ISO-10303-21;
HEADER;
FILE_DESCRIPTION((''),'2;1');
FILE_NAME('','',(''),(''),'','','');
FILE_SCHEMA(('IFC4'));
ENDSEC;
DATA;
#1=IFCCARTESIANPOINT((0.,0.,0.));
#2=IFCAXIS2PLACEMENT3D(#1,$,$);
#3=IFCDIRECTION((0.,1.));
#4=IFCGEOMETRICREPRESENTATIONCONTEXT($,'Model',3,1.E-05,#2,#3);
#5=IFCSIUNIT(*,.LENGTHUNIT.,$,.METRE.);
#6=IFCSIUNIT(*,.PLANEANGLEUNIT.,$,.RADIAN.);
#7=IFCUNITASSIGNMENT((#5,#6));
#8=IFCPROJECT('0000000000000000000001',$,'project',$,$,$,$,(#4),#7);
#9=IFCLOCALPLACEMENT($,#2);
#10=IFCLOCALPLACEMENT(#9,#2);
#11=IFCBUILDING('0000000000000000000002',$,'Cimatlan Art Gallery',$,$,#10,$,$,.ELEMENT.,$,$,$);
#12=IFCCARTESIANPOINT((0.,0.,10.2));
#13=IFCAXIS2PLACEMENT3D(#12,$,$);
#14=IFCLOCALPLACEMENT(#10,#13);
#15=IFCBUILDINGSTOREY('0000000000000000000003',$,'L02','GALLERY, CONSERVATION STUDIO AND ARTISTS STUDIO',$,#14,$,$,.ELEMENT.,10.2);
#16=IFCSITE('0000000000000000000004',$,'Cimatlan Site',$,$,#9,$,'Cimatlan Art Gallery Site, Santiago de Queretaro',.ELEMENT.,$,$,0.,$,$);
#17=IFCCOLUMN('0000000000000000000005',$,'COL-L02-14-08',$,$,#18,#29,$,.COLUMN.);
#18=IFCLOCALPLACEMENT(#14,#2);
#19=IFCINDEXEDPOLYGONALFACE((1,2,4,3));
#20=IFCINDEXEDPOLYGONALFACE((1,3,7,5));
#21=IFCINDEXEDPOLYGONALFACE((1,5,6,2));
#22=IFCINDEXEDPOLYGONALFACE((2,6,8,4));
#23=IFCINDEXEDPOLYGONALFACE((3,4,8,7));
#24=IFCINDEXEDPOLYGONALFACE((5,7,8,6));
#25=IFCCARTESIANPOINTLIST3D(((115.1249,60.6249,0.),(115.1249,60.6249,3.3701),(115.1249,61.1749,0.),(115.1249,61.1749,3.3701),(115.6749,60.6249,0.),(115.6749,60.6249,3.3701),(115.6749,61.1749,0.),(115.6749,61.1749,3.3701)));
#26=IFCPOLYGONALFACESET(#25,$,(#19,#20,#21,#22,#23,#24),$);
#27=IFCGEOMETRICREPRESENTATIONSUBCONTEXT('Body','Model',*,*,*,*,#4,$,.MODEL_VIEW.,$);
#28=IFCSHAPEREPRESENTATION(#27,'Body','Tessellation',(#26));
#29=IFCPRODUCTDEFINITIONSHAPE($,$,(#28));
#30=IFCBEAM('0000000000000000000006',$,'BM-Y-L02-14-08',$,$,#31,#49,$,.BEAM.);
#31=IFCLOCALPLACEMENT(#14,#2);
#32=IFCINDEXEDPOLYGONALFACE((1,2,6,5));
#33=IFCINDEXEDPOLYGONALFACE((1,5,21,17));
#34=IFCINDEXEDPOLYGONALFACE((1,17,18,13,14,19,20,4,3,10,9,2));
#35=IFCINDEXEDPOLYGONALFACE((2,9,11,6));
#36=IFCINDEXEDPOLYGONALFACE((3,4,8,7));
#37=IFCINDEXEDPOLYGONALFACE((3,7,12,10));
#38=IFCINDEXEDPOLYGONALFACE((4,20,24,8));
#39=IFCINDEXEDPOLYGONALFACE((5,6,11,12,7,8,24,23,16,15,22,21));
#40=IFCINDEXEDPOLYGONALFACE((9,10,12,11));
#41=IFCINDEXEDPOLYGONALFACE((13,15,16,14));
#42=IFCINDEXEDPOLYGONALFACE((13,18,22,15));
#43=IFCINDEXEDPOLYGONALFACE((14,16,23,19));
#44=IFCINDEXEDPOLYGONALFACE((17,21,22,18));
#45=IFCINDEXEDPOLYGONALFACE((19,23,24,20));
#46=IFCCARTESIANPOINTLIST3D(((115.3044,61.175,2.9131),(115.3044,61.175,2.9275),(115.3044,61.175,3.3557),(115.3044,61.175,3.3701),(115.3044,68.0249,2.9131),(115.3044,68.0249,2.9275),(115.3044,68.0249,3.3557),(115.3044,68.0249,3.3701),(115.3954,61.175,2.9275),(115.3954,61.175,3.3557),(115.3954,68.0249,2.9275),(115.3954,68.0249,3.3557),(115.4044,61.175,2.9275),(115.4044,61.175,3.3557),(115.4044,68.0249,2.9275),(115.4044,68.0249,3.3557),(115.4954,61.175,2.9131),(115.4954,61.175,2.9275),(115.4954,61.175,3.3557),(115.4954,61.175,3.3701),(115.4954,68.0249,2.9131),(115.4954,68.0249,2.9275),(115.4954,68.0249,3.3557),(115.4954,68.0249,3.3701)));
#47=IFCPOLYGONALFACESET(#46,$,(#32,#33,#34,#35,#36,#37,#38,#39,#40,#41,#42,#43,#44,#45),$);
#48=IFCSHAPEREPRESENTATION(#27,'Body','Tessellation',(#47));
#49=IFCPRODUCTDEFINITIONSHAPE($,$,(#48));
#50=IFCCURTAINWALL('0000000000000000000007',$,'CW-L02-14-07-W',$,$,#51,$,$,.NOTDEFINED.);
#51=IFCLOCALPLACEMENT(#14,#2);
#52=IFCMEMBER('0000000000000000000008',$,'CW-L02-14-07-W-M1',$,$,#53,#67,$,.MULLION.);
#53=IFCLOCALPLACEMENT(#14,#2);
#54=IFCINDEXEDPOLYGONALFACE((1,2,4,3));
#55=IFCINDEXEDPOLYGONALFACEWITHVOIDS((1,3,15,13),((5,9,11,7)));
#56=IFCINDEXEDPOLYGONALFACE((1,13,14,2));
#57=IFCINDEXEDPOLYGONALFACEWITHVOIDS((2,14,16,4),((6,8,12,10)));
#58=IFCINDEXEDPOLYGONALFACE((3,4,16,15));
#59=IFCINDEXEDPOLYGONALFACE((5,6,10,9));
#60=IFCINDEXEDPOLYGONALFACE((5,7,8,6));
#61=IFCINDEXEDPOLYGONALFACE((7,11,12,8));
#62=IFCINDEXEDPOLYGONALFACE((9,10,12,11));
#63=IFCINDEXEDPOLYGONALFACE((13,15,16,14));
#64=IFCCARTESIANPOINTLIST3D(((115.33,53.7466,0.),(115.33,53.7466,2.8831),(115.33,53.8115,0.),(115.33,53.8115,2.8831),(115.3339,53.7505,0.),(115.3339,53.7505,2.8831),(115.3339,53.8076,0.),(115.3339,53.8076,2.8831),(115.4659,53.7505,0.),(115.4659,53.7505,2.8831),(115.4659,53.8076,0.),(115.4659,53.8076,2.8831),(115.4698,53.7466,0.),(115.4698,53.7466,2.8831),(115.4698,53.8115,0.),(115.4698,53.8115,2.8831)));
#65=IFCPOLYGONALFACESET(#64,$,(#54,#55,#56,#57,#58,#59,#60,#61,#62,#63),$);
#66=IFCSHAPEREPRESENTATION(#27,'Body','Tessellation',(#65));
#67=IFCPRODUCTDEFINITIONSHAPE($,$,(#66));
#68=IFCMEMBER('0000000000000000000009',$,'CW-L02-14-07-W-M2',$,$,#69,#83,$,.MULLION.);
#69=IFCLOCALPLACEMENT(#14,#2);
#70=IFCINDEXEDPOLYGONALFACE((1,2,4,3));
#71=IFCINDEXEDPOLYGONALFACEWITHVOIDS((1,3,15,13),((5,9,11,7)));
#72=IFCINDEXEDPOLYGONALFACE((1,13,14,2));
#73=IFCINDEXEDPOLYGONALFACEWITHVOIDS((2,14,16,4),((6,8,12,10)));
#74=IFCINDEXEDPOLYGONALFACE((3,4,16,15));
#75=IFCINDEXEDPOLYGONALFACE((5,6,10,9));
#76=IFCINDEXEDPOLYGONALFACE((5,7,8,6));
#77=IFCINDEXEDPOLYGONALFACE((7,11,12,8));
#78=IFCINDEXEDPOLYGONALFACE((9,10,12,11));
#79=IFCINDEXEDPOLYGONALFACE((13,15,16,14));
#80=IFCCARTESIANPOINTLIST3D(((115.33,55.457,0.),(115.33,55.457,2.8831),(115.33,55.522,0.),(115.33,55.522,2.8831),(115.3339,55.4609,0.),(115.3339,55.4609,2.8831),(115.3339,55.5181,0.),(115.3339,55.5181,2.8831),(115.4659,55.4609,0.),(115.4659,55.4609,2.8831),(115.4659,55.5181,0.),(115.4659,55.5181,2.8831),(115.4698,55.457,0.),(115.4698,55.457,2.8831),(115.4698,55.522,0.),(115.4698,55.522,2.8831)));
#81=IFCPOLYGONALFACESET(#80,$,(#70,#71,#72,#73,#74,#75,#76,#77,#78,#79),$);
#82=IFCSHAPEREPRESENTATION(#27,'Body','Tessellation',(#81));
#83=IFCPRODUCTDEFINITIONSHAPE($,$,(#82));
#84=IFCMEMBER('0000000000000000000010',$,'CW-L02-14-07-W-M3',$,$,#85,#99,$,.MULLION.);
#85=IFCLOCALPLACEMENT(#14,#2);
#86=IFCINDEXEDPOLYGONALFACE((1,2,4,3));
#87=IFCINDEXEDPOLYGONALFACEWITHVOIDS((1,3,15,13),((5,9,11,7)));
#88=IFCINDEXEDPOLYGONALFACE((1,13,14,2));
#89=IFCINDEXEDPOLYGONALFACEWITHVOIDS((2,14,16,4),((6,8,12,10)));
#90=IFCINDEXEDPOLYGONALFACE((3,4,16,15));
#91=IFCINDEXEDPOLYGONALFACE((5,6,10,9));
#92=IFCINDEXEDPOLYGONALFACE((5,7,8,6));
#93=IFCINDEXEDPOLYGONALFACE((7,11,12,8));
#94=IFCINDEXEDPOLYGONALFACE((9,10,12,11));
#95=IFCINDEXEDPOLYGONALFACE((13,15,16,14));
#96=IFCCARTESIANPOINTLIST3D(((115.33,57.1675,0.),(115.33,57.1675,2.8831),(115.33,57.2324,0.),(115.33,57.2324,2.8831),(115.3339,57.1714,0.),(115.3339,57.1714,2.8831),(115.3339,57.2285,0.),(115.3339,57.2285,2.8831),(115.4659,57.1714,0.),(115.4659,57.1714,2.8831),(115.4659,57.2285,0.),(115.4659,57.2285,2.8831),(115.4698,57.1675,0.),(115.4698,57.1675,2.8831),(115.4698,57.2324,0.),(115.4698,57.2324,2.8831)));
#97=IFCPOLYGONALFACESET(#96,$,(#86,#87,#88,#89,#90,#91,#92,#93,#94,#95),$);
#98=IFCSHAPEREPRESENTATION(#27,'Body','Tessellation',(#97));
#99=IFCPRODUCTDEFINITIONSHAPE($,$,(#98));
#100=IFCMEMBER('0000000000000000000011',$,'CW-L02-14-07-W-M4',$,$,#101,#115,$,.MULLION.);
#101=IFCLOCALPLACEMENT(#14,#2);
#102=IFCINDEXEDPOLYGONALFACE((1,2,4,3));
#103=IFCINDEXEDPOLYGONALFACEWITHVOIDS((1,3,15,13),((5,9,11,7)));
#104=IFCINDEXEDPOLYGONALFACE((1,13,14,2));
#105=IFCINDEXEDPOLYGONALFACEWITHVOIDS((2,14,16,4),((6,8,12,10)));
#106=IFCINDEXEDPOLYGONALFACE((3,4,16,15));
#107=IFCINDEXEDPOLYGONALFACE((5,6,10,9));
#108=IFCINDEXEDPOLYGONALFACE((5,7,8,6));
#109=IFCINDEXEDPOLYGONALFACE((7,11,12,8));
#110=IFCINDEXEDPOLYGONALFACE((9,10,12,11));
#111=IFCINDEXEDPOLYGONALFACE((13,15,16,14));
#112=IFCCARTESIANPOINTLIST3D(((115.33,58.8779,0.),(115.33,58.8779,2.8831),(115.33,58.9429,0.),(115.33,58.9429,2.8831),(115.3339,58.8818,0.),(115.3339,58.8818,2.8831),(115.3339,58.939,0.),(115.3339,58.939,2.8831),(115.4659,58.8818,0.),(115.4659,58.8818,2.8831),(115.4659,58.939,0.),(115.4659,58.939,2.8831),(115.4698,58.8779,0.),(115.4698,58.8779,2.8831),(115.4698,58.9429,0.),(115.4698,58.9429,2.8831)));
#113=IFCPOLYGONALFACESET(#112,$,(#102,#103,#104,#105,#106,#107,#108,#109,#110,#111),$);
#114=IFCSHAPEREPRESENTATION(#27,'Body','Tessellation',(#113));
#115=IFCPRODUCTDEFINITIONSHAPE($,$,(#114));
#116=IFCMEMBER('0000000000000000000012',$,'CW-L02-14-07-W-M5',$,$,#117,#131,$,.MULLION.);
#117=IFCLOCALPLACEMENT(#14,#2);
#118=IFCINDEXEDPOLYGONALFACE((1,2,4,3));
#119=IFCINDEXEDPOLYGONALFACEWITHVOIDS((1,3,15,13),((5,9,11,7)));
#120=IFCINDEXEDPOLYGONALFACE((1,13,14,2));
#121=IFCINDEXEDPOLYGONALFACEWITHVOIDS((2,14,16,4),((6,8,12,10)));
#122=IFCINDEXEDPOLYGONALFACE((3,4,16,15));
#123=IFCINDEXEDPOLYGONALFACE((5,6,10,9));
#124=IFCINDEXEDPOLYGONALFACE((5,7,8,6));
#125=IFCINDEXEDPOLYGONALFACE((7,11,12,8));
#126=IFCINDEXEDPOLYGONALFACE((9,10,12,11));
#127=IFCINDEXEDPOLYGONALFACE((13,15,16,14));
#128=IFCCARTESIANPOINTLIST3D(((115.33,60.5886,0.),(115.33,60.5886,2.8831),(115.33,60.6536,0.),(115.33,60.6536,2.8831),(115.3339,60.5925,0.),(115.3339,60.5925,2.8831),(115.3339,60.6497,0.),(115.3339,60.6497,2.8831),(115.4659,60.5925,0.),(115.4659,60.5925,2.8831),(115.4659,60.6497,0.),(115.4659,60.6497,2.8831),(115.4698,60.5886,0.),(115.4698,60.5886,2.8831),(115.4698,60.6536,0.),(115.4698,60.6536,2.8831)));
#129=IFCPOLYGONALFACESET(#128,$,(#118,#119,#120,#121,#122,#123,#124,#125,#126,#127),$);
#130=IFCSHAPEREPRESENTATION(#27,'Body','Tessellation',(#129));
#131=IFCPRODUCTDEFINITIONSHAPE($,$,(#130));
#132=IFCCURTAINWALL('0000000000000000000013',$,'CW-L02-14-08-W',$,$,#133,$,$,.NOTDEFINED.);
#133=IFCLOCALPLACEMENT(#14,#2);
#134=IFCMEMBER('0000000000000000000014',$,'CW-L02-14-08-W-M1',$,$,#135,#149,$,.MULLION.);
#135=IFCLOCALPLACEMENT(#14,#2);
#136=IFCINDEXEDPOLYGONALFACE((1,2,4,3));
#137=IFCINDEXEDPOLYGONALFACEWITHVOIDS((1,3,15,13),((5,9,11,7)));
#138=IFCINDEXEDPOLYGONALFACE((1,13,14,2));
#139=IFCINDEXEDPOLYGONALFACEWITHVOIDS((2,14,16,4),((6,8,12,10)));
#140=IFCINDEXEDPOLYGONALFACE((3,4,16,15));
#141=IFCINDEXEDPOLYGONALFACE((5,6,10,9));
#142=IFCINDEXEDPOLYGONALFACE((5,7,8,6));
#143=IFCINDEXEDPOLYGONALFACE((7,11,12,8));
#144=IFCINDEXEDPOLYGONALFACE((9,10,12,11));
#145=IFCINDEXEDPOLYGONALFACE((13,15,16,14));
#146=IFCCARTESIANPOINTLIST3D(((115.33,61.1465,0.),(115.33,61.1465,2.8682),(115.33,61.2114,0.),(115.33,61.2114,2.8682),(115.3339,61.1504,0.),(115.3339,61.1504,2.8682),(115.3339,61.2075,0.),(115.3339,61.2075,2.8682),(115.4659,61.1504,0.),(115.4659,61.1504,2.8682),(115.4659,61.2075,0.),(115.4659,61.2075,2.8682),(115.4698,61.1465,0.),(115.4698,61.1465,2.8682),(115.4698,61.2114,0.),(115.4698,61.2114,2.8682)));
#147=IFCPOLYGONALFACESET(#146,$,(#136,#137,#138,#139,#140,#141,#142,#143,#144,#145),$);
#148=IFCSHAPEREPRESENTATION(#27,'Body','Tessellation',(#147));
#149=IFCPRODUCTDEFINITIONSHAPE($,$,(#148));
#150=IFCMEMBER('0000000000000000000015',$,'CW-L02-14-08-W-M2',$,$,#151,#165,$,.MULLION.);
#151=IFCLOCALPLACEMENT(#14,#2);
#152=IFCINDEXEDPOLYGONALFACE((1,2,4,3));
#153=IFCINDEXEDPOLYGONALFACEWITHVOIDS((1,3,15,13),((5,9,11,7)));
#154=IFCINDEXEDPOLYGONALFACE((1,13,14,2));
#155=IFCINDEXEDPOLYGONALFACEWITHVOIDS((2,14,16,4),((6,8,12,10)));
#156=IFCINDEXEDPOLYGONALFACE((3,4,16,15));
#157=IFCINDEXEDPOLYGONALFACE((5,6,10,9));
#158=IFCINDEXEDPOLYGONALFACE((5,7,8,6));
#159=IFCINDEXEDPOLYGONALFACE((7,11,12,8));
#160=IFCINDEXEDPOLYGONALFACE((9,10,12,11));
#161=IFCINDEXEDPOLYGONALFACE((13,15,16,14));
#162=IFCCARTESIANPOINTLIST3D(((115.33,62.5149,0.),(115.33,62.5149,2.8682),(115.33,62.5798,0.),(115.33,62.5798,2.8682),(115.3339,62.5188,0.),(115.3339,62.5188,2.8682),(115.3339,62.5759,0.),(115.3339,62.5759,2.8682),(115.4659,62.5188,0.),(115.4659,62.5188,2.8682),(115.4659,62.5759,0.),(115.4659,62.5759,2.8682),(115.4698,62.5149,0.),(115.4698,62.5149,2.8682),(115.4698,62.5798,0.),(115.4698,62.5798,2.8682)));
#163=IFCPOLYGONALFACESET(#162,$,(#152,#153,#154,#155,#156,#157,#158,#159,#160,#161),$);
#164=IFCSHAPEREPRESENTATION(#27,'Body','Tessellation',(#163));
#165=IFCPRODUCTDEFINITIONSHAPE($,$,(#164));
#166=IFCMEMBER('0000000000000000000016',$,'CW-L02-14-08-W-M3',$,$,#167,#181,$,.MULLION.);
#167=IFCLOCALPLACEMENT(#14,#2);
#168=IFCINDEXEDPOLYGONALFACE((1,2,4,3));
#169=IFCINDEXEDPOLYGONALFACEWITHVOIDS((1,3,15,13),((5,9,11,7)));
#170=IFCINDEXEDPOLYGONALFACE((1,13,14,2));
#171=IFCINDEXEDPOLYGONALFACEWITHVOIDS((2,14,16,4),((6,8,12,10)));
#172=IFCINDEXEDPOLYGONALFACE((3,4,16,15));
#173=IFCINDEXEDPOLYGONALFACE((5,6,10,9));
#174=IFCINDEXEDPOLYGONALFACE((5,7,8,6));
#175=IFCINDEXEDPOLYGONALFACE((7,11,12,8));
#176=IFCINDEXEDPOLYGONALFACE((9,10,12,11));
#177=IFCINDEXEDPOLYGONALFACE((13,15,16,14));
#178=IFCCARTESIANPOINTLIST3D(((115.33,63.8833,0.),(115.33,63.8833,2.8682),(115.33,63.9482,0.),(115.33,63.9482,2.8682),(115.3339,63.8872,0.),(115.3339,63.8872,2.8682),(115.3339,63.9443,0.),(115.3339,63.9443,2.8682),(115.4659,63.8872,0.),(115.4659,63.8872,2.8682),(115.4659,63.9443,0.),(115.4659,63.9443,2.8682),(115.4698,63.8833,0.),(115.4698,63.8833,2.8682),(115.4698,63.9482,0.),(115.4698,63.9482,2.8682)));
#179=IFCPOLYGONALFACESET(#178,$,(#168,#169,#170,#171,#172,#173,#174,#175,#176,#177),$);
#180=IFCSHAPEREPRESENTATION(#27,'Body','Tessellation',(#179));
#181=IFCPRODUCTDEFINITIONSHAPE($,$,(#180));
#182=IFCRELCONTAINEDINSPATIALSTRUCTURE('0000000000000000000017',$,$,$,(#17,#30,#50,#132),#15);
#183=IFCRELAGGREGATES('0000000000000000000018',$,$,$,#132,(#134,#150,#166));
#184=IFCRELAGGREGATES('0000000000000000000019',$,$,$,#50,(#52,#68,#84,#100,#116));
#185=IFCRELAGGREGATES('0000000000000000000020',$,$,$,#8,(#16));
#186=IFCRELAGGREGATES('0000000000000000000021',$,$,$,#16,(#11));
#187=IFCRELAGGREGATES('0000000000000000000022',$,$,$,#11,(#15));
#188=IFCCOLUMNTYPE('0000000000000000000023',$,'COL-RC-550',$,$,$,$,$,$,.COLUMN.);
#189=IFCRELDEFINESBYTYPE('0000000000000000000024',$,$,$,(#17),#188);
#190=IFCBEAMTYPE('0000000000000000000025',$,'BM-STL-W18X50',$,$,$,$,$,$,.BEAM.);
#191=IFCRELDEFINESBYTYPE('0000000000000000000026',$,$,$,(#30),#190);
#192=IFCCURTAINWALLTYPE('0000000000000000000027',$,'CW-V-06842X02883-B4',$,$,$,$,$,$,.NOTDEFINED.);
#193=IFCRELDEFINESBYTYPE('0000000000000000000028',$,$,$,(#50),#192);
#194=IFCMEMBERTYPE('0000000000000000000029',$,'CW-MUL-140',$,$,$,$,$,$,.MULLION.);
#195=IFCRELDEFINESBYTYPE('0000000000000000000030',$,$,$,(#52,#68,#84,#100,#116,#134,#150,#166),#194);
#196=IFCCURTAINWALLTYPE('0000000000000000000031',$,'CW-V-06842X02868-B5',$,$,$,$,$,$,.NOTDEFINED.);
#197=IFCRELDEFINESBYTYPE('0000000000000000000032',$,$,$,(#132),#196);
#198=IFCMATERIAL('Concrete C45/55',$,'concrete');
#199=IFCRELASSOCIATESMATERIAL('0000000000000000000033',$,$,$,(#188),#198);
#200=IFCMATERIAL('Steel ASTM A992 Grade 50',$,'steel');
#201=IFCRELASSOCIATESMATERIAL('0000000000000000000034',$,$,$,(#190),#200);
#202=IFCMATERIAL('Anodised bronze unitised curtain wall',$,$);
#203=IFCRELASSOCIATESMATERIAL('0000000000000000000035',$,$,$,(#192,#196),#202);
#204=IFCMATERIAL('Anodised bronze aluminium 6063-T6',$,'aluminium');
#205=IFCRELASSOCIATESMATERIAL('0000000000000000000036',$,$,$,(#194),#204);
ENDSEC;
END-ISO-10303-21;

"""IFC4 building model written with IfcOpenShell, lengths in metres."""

from ifc_helpers import new_model, si_unit, direction, frame, origin, origin_2d, place, context, subcontext, project, spatial, rectangle, hollow_rectangle, i_section, extrude, material, material_profile, profile_set, type_object, element, aggregate, save


model = new_model("IFC4")

# Units and contexts
model_context = context("Model", 3, precision=1e-05, world=origin(), true_north=direction((0.0, 1.0)))
body_context = subcontext(model_context, "Body", "Model", "MODEL_VIEW")
ifc_project = project(units=[si_unit("LENGTHUNIT", "METRE"), si_unit("PLANEANGLEUNIT", "RADIAN")], contexts=[model_context])

# Site, building, storey
site_placement = place(None, origin())
site = spatial("IfcSite", under=ifc_project, at=site_placement, Name="Cimatlan Site", LongName="Cimatlan Art Gallery Site, Santiago de Queretaro", CompositionType="ELEMENT", RefElevation=0.0)
building_placement = place(site_placement, origin())
building = spatial("IfcBuilding", under=site, at=building_placement, Name="Cimatlan Art Gallery", CompositionType="ELEMENT")
storey_placement = place(building_placement, frame((0.0, 0.0, 10.2)))
storey = spatial("IfcBuildingStorey", under=building, at=storey_placement, Name="L02", Description="GALLERY, CONSERVATION STUDIO AND ARTISTS STUDIO", CompositionType="ELEMENT", Elevation=10.2)

# Column
ifc_material_1 = material(Name="Concrete C45/55", Category="concrete")
ifc_material_profile_1 = material_profile(ifc_material_1, rectangle(XDim=0.55, YDim=0.55, at=origin_2d()), Name="RC550X550")
ifc_profile_set_1 = profile_set([ifc_material_profile_1], Name="Concrete C45/55")
column_type = type_object("IfcColumnType", Name="COL-RC-550", PredefinedType="COLUMN", material=ifc_profile_set_1)
column_placement = place(storey_placement, frame((115.3999, 60.8999, 0.0), z_axis=(0.0, 0.0, 1.0), x_axis=(1.0, 0.0, 0.0)))
element("IfcColumn", 1, at=column_placement, inside=storey, type_object=column_type, Name="COL-L02-14-08", PredefinedType="COLUMN", context=body_context, shape_type="SweptSolid", body=[
    extrude(rectangle(XDim=0.55, YDim=0.55, at=origin_2d()), origin(), (0.0, 0.0, 1.0), 3.3701),
])

# Beam
ifc_material_2 = material(Name="Steel ASTM A992 Grade 50", Category="steel")
ifc_material_profile_2 = material_profile(ifc_material_2, i_section(OverallWidth=0.1909, OverallDepth=0.457, WebThickness=0.009, FlangeThickness=0.0144, at=origin_2d()), Name="W18X50")
ifc_profile_set_2 = profile_set([ifc_material_profile_2], Name="Steel ASTM A992 Grade 50")
beam_type = type_object("IfcBeamType", Name="BM-STL-W18X50", PredefinedType="BEAM", material=ifc_profile_set_2)
beam_placement = place(storey_placement, frame((115.3999, 61.175, 3.1416), z_axis=(0.0, 1.0, 0.0), x_axis=(-1.0, 0.0, 0.0)))
element("IfcBeam", 2, at=beam_placement, inside=storey, type_object=beam_type, Name="BM-Y-L02-14-08", PredefinedType="BEAM", context=body_context, shape_type="SweptSolid", body=[
    extrude(i_section(OverallWidth=0.1909, OverallDepth=0.457, WebThickness=0.009, FlangeThickness=0.0144, at=origin_2d()), origin(), (0.0, 0.0, 1.0), 6.8499),
])

# Curtain walls, members
ifc_material_3 = material(Name="Anodised bronze unitised curtain wall")
curtain_wall_type_1 = type_object("IfcCurtainWallType", Name="CW-V-06842X02883-B4", PredefinedType="NOTDEFINED", material=ifc_material_3)
curtain_wall_1_placement = place(storey_placement, origin())
curtain_wall_1 = element("IfcCurtainWall", 3, at=curtain_wall_1_placement, inside=storey, type_object=curtain_wall_type_1, Name="CW-L02-14-07-W", PredefinedType="NOTDEFINED")
ifc_material_4 = material(Name="Anodised bronze aluminium 6063-T6", Category="aluminium")
ifc_material_profile_3 = material_profile(ifc_material_4, hollow_rectangle(XDim=0.0649, YDim=0.1399, WallThickness=0.0039, at=origin_2d()), Name="ALU65X140X4")
ifc_profile_set_3 = profile_set([ifc_material_profile_3], Name="Anodised bronze aluminium 6063-T6")
member_type_1 = type_object("IfcMemberType", Name="CW-MUL-140", PredefinedType="MULLION", material=ifc_profile_set_3)
member_1_placement = place(storey_placement, frame((115.3999, 53.7791, 0.0), z_axis=(0.0, 0.0, 1.0), x_axis=(0.0, 1.0, 0.0)))
member_1 = element("IfcMember", 4, at=member_1_placement, type_object=member_type_1, Name="CW-L02-14-07-W-M1", PredefinedType="MULLION", context=body_context, shape_type="SweptSolid", body=[
    extrude(hollow_rectangle(XDim=0.0649, YDim=0.1399, WallThickness=0.0039, at=origin_2d()), origin(), (0.0, 0.0, 1.0), 2.8831),
])
member_2_placement = place(storey_placement, frame((115.3999, 55.4895, 0.0), z_axis=(0.0, 0.0, 1.0), x_axis=(0.0, 1.0, 0.0)))
member_2 = element("IfcMember", 5, at=member_2_placement, type_object=member_type_1, Name="CW-L02-14-07-W-M2", PredefinedType="MULLION", context=body_context, shape_type="SweptSolid", body=[
    extrude(hollow_rectangle(XDim=0.0649, YDim=0.1399, WallThickness=0.0039, at=origin_2d()), origin(), (0.0, 0.0, 1.0), 2.8831),
])
member_3_placement = place(storey_placement, frame((115.3999, 57.2, 0.0), z_axis=(0.0, 0.0, 1.0), x_axis=(0.0, 1.0, 0.0)))
member_3 = element("IfcMember", 6, at=member_3_placement, type_object=member_type_1, Name="CW-L02-14-07-W-M3", PredefinedType="MULLION", context=body_context, shape_type="SweptSolid", body=[
    extrude(hollow_rectangle(XDim=0.0649, YDim=0.1399, WallThickness=0.0039, at=origin_2d()), origin(), (0.0, 0.0, 1.0), 2.8831),
])
member_4_placement = place(storey_placement, frame((115.3999, 58.9104, 0.0), z_axis=(0.0, 0.0, 1.0), x_axis=(0.0, 1.0, 0.0)))
member_4 = element("IfcMember", 7, at=member_4_placement, type_object=member_type_1, Name="CW-L02-14-07-W-M4", PredefinedType="MULLION", context=body_context, shape_type="SweptSolid", body=[
    extrude(hollow_rectangle(XDim=0.0649, YDim=0.1399, WallThickness=0.0039, at=origin_2d()), origin(), (0.0, 0.0, 1.0), 2.8831),
])
member_5_placement = place(storey_placement, frame((115.3999, 60.6211, 0.0), z_axis=(0.0, 0.0, 1.0), x_axis=(0.0, 1.0, 0.0)))
member_5 = element("IfcMember", 8, at=member_5_placement, type_object=member_type_1, Name="CW-L02-14-07-W-M5", PredefinedType="MULLION", context=body_context, shape_type="SweptSolid", body=[
    extrude(hollow_rectangle(XDim=0.0649, YDim=0.1399, WallThickness=0.0039, at=origin_2d()), origin(), (0.0, 0.0, 1.0), 2.8831),
])
curtain_wall_type_2 = type_object("IfcCurtainWallType", Name="CW-V-06842X02868-B5", PredefinedType="NOTDEFINED", material=ifc_material_3)
curtain_wall_2_placement = place(storey_placement, origin())
curtain_wall_2 = element("IfcCurtainWall", 9, at=curtain_wall_2_placement, inside=storey, type_object=curtain_wall_type_2, Name="CW-L02-14-08-W", PredefinedType="NOTDEFINED")
member_6_placement = place(storey_placement, frame((115.3999, 61.179, 0.0), z_axis=(0.0, 0.0, 1.0), x_axis=(0.0, 1.0, 0.0)))
member_6 = element("IfcMember", 10, at=member_6_placement, type_object=member_type_1, Name="CW-L02-14-08-W-M1", PredefinedType="MULLION", context=body_context, shape_type="SweptSolid", body=[
    extrude(hollow_rectangle(XDim=0.0649, YDim=0.1399, WallThickness=0.0039, at=origin_2d()), origin(), (0.0, 0.0, 1.0), 2.8682),
])
member_7_placement = place(storey_placement, frame((115.3999, 62.5474, 0.0), z_axis=(0.0, 0.0, 1.0), x_axis=(0.0, 1.0, 0.0)))
member_7 = element("IfcMember", 11, at=member_7_placement, type_object=member_type_1, Name="CW-L02-14-08-W-M2", PredefinedType="MULLION", context=body_context, shape_type="SweptSolid", body=[
    extrude(hollow_rectangle(XDim=0.0649, YDim=0.1399, WallThickness=0.0039, at=origin_2d()), origin(), (0.0, 0.0, 1.0), 2.8682),
])
member_8_placement = place(storey_placement, frame((115.3999, 63.9158, 0.0), z_axis=(0.0, 0.0, 1.0), x_axis=(0.0, 1.0, 0.0)))
member_8 = element("IfcMember", 12, at=member_8_placement, type_object=member_type_1, Name="CW-L02-14-08-W-M3", PredefinedType="MULLION", context=body_context, shape_type="SweptSolid", body=[
    extrude(hollow_rectangle(XDim=0.0649, YDim=0.1399, WallThickness=0.0039, at=origin_2d()), origin(), (0.0, 0.0, 1.0), 2.8682),
])

aggregate(curtain_wall_2, [member_6, member_7, member_8])
aggregate(curtain_wall_1, [member_1, member_2, member_3, member_4, member_5])

save(model, "model.ifc")
